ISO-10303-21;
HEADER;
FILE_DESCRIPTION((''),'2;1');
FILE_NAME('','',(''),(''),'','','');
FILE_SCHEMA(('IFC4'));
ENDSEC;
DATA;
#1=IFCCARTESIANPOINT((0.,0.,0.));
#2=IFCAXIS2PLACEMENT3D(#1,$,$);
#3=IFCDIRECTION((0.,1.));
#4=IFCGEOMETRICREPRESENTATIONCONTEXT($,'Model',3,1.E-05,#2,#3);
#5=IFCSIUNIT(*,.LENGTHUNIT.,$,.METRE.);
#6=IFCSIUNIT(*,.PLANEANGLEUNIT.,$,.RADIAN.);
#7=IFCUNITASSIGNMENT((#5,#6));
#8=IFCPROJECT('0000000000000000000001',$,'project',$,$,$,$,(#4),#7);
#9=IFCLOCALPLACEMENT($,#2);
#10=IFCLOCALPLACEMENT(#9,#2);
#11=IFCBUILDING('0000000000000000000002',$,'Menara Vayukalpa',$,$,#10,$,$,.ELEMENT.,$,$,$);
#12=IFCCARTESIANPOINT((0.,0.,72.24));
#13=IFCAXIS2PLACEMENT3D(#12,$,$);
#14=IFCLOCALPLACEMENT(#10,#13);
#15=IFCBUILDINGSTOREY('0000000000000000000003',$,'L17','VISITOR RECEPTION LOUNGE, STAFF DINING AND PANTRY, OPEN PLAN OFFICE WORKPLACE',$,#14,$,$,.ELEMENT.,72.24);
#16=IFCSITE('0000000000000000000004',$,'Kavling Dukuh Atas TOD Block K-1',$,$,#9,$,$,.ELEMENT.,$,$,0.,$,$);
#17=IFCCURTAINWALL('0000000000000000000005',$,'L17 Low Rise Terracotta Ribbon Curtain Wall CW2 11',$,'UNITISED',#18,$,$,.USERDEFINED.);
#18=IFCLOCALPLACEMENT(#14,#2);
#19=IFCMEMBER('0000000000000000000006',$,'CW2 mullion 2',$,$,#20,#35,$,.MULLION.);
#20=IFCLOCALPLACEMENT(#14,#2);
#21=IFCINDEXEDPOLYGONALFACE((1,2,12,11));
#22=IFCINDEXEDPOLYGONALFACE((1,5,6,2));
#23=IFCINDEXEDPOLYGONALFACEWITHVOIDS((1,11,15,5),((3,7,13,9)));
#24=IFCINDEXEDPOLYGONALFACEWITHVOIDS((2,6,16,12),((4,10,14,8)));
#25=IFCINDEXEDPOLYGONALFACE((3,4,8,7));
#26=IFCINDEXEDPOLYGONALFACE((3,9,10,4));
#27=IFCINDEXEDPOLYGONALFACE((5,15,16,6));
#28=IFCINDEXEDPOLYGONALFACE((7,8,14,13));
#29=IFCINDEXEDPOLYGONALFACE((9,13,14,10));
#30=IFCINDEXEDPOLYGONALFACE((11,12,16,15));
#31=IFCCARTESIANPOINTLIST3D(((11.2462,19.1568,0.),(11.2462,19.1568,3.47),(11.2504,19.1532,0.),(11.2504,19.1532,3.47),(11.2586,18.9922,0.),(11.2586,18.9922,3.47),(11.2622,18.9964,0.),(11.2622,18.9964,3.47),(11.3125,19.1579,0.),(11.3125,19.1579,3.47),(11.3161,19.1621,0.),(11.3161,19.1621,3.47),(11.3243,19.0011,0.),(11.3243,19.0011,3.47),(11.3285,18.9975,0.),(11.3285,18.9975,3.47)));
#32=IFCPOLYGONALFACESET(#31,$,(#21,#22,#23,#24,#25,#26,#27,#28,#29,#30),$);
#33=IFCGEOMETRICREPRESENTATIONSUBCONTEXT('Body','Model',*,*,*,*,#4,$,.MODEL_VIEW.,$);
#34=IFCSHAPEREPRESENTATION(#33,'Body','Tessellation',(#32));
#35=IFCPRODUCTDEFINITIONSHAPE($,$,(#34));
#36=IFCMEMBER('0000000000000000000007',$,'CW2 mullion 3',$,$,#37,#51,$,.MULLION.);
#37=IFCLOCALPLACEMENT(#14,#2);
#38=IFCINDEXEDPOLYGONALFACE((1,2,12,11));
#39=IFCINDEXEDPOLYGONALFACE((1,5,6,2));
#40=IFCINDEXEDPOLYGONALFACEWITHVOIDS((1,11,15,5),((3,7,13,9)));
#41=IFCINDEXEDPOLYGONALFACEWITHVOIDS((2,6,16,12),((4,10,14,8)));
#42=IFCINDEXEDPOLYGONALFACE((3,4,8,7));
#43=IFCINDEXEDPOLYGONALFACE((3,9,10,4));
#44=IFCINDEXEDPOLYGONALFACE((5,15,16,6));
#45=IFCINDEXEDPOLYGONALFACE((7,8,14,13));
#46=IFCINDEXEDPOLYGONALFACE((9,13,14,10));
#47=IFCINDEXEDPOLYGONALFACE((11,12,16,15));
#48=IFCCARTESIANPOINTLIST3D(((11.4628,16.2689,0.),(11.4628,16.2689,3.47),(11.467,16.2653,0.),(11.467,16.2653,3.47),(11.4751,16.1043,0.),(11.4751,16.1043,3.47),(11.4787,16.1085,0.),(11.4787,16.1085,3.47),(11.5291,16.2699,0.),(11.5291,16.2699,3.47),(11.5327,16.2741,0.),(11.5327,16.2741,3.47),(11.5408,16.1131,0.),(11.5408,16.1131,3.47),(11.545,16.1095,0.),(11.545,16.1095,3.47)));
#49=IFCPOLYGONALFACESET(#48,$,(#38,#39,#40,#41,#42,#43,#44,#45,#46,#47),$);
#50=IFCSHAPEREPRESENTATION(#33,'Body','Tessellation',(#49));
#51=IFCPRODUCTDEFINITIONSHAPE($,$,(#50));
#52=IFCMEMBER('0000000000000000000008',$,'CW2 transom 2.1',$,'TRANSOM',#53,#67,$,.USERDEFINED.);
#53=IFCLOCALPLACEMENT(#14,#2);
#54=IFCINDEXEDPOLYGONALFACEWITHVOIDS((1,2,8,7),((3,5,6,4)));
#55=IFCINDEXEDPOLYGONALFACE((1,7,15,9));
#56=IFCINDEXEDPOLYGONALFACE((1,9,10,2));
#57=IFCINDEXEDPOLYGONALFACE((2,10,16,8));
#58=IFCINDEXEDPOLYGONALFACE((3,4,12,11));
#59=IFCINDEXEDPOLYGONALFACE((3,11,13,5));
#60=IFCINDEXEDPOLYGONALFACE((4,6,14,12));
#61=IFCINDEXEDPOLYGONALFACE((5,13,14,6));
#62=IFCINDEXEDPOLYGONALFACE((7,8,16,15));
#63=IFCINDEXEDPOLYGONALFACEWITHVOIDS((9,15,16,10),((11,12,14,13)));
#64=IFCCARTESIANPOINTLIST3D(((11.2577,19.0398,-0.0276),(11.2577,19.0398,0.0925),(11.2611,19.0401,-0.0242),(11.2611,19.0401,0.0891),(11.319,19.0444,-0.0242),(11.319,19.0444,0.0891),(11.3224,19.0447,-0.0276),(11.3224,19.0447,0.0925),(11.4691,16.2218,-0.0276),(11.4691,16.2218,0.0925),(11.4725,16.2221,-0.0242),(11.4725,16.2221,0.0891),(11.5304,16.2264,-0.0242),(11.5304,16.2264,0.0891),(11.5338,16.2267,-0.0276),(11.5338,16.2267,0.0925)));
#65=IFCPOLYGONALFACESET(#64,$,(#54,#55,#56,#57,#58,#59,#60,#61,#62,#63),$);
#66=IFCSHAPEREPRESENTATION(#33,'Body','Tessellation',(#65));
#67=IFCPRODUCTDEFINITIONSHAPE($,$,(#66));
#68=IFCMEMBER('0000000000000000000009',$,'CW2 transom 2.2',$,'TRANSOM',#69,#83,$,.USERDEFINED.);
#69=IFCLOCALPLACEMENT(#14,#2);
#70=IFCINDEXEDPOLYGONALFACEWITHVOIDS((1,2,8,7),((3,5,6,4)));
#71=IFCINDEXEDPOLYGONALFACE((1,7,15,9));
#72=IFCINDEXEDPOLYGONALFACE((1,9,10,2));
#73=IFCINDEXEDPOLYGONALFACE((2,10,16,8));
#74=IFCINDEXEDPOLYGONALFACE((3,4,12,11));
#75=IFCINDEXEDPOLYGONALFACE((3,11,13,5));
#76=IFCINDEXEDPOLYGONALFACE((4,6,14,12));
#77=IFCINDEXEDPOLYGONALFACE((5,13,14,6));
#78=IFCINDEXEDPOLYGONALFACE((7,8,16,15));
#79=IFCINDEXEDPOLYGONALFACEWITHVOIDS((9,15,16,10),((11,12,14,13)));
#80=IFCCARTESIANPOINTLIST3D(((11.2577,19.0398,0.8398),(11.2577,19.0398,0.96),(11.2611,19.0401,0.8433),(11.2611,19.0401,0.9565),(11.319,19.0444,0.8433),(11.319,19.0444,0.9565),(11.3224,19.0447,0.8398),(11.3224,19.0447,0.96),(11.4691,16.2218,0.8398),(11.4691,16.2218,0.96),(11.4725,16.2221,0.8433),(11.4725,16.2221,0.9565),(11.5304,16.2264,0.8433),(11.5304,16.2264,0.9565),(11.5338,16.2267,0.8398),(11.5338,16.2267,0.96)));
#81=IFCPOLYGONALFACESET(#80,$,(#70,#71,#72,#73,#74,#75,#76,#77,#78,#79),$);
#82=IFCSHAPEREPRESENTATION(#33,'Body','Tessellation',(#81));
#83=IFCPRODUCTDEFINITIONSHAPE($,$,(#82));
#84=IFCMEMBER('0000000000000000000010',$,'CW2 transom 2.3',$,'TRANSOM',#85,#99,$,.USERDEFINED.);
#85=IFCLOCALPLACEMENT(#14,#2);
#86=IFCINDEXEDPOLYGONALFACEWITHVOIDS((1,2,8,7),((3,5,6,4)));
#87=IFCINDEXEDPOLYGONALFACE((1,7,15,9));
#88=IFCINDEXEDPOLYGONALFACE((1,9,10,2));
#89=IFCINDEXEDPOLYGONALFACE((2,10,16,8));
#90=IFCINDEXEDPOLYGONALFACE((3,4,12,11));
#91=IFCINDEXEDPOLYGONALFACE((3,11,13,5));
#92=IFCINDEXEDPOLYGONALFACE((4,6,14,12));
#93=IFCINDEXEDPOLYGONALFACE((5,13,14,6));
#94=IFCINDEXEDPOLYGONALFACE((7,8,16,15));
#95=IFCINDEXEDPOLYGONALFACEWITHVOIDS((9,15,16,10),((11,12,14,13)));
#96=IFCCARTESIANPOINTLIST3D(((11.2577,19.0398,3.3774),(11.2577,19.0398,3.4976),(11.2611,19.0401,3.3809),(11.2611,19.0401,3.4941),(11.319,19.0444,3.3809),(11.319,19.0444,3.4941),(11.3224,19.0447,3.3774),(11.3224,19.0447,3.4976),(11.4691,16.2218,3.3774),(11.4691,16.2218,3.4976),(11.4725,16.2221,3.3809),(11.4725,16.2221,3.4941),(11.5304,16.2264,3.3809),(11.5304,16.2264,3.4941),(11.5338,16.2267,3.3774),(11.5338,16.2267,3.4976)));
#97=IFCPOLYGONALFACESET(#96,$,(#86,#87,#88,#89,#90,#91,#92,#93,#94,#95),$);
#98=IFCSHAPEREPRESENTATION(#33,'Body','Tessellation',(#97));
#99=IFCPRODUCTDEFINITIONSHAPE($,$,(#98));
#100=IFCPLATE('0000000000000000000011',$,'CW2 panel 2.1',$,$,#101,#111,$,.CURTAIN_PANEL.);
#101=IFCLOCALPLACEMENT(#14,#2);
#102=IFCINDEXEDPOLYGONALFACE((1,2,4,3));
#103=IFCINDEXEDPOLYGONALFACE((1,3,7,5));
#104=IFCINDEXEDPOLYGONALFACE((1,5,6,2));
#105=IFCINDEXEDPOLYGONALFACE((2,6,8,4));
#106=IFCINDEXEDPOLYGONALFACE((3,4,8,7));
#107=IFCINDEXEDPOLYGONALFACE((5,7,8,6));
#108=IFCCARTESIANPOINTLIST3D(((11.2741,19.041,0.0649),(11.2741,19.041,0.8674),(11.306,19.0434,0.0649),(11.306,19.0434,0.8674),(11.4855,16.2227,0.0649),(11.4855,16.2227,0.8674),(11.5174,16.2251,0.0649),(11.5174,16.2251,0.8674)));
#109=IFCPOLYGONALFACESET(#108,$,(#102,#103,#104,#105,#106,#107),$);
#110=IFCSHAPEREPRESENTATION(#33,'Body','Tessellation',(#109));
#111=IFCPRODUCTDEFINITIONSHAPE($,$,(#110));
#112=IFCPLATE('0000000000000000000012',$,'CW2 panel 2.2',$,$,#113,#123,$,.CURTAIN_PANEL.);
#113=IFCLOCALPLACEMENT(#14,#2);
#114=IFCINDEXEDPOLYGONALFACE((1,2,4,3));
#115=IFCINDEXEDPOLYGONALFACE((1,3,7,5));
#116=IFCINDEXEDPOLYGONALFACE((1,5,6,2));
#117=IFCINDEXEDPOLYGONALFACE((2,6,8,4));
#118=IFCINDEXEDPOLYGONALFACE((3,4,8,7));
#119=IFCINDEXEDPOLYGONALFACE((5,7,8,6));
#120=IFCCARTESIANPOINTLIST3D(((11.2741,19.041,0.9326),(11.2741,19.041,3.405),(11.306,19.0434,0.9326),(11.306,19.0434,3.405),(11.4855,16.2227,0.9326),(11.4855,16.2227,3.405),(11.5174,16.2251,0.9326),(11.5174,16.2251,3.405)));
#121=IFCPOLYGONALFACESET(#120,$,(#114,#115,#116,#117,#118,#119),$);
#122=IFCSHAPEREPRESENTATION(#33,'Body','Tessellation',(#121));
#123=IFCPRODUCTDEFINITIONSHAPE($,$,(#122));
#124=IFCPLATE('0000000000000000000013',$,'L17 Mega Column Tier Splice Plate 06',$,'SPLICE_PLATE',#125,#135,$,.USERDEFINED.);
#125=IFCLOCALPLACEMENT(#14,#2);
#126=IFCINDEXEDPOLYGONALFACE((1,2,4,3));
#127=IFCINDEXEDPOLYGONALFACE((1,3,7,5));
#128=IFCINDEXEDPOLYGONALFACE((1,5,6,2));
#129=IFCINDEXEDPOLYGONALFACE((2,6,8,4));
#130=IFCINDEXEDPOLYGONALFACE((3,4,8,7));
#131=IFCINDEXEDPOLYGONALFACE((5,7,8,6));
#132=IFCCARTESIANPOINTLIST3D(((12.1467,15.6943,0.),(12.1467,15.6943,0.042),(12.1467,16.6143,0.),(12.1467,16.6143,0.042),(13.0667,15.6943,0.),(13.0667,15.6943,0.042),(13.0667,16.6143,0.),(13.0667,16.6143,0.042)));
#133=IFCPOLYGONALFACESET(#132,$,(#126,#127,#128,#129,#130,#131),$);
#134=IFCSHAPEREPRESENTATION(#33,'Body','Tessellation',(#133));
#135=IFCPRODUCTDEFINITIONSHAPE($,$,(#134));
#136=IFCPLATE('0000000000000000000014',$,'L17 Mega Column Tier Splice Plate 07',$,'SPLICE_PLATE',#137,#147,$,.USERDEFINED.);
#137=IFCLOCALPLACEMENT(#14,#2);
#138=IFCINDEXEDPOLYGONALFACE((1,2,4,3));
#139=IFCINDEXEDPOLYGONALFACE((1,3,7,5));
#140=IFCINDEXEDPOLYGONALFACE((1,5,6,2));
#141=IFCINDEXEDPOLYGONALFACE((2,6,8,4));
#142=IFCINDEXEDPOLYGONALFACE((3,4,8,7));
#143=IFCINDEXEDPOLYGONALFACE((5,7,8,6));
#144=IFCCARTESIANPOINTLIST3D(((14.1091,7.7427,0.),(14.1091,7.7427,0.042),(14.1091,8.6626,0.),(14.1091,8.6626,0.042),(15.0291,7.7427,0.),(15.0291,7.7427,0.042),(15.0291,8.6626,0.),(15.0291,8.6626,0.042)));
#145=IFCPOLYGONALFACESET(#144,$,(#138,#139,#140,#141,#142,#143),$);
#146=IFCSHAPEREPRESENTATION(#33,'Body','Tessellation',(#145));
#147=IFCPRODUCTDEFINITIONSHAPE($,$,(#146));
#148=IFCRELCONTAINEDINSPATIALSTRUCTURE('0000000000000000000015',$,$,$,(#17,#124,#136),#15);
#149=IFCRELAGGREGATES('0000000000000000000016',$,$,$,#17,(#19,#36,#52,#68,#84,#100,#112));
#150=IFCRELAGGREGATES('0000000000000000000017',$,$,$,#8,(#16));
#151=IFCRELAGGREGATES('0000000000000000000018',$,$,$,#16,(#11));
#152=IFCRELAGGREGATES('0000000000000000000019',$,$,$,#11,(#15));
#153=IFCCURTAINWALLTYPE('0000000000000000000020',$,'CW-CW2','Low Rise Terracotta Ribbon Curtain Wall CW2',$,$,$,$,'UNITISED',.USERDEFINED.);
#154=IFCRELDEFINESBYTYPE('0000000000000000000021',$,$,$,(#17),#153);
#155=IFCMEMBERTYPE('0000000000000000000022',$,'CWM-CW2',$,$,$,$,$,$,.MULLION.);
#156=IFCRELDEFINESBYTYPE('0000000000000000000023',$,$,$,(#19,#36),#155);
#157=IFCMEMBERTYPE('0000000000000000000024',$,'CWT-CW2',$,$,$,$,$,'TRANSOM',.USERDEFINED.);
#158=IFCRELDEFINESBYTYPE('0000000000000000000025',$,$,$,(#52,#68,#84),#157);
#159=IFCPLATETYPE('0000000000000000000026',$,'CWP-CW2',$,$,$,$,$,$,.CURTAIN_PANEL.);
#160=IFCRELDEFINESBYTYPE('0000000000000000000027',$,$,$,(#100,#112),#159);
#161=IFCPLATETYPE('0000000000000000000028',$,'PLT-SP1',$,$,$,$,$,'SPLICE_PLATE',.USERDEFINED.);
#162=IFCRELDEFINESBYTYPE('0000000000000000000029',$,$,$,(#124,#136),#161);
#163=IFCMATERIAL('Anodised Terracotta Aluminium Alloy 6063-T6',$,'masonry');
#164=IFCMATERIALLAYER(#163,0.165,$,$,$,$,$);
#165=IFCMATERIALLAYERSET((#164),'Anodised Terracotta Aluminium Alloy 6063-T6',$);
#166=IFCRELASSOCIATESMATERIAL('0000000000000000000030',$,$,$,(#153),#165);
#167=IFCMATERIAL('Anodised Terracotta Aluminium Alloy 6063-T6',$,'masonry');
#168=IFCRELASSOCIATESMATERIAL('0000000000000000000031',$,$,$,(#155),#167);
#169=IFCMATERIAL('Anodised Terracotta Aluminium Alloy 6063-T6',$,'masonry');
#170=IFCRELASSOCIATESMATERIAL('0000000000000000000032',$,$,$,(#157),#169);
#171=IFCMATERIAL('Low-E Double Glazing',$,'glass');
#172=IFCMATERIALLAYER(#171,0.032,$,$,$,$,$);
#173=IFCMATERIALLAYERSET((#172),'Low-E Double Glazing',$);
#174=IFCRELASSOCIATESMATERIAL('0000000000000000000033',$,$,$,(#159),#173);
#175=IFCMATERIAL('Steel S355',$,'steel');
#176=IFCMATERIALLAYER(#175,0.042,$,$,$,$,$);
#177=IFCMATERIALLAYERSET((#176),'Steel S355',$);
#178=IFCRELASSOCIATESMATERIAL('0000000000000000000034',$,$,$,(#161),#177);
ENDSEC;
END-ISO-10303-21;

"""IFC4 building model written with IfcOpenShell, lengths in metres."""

from ifc_helpers import new_model, si_unit, direction, frame, origin, origin_2d, place, context, subcontext, project, spatial, rectangle, hollow_rectangle, extrude, material, layer, layer_set, material_profile, profile_set, type_object, element, aggregate, save


model = new_model("IFC4")

# Units and contexts
model_context = context("Model", 3, precision=1e-05, world=origin(), true_north=direction((0.0, 1.0)))
body_context = subcontext(model_context, "Body", "Model", "MODEL_VIEW")
ifc_project = project(units=[si_unit("LENGTHUNIT", "METRE"), si_unit("PLANEANGLEUNIT", "RADIAN")], contexts=[model_context])

# Site, building, storey
site_placement = place(None, origin())
site = spatial("IfcSite", under=ifc_project, at=site_placement, Name="Kavling Dukuh Atas TOD Block K-1", CompositionType="ELEMENT", RefElevation=0.0)
building_placement = place(site_placement, origin())
building = spatial("IfcBuilding", under=site, at=building_placement, Name="Menara Vayukalpa", CompositionType="ELEMENT")
storey_placement = place(building_placement, frame((0.0, 0.0, 72.24)))
storey = spatial("IfcBuildingStorey", under=building, at=storey_placement, Name="L17", Description="VISITOR RECEPTION LOUNGE, STAFF DINING AND PANTRY, OPEN PLAN OFFICE WORKPLACE", CompositionType="ELEMENT", Elevation=72.24)

# Curtain wall, members, plates
ifc_material_1 = material(Name="Anodised Terracotta Aluminium Alloy 6063-T6", Category="masonry")
ifc_layer_1 = layer(ifc_material_1, 0.165)
ifc_layer_set_1 = layer_set([ifc_layer_1], Name="Anodised Terracotta Aluminium Alloy 6063-T6")
curtain_wall_type = type_object("IfcCurtainWallType", Name="CW-CW2", Description="Low Rise Terracotta Ribbon Curtain Wall CW2", ElementType="UNITISED", PredefinedType="USERDEFINED", material=ifc_layer_set_1)
curtain_wall_placement = place(storey_placement, origin())
curtain_wall = element("IfcCurtainWall", 1, at=curtain_wall_placement, inside=storey, type_object=curtain_wall_type, Name="L17 Low Rise Terracotta Ribbon Curtain Wall CW2 11", ObjectType="UNITISED", PredefinedType="USERDEFINED")
ifc_material_2 = material(Name="Anodised Terracotta Aluminium Alloy 6063-T6", Category="masonry")
ifc_material_profile_1 = material_profile(ifc_material_2, hollow_rectangle(XDim=0.0701, YDim=0.165, WallThickness=0.0039, at=origin_2d()), Name="ALU 70x165x4")
ifc_profile_set_1 = profile_set([ifc_material_profile_1], Name="Anodised Terracotta Aluminium Alloy 6063-T6")
member_type_1 = type_object("IfcMemberType", Name="CWM-CW2", PredefinedType="MULLION", material=ifc_profile_set_1)
member_1_placement = place(storey_placement, frame((11.2874, 19.0771, 0.0), z_axis=(0.0, 0.0, 1.0), x_axis=(0.9972, 0.074785, 0.0)))
member_1 = element("IfcMember", 2, at=member_1_placement, type_object=member_type_1, Name="CW2 mullion 2", PredefinedType="MULLION", context=body_context, shape_type="SweptSolid", body=[
    extrude(hollow_rectangle(XDim=0.0701, YDim=0.165, WallThickness=0.0039, at=origin_2d()), origin(), (0.0, 0.0, 1.0), 3.47),
])
member_2_placement = place(storey_placement, frame((11.5039, 16.1892, 0.0), z_axis=(0.0, 0.0, 1.0), x_axis=(0.9972, 0.074785, 0.0)))
member_2 = element("IfcMember", 3, at=member_2_placement, type_object=member_type_1, Name="CW2 mullion 3", PredefinedType="MULLION", context=body_context, shape_type="SweptSolid", body=[
    extrude(hollow_rectangle(XDim=0.0701, YDim=0.165, WallThickness=0.0039, at=origin_2d()), origin(), (0.0, 0.0, 1.0), 3.47),
])
ifc_material_3 = material(Name="Anodised Terracotta Aluminium Alloy 6063-T6", Category="masonry")
ifc_material_profile_2 = material_profile(ifc_material_3, hollow_rectangle(XDim=0.0649, YDim=0.1201, WallThickness=0.0034, at=origin_2d()), Name="ALU 65x120x3.5")
ifc_profile_set_2 = profile_set([ifc_material_profile_2], Name="Anodised Terracotta Aluminium Alloy 6063-T6")
member_type_2 = type_object("IfcMemberType", Name="CWT-CW2", ElementType="TRANSOM", PredefinedType="USERDEFINED", material=ifc_profile_set_2)
member_3_placement = place(storey_placement, frame((11.29, 19.0422, 0.0325), z_axis=(0.074814, -0.997198, 0.0), x_axis=(0.997198, 0.074814, 0.0)))
member_3 = element("IfcMember", 4, at=member_3_placement, type_object=member_type_2, Name="CW2 transom 2.1", ObjectType="TRANSOM", PredefinedType="USERDEFINED", context=body_context, shape_type="SweptSolid", body=[
    extrude(hollow_rectangle(XDim=0.0649, YDim=0.1201, WallThickness=0.0034, at=origin_2d()), origin(), (0.0, 0.0, 1.0), 2.8259),
])
member_4_placement = place(storey_placement, frame((11.29, 19.0422, 0.8999), z_axis=(0.074814, -0.997198, 0.0), x_axis=(0.997198, 0.074814, 0.0)))
member_4 = element("IfcMember", 5, at=member_4_placement, type_object=member_type_2, Name="CW2 transom 2.2", ObjectType="TRANSOM", PredefinedType="USERDEFINED", context=body_context, shape_type="SweptSolid", body=[
    extrude(hollow_rectangle(XDim=0.0649, YDim=0.1201, WallThickness=0.0034, at=origin_2d()), origin(), (0.0, 0.0, 1.0), 2.8259),
])
member_5_placement = place(storey_placement, frame((11.29, 19.0422, 3.4375), z_axis=(0.074814, -0.997198, 0.0), x_axis=(0.997198, 0.074814, 0.0)))
member_5 = element("IfcMember", 6, at=member_5_placement, type_object=member_type_2, Name="CW2 transom 2.3", ObjectType="TRANSOM", PredefinedType="USERDEFINED", context=body_context, shape_type="SweptSolid", body=[
    extrude(hollow_rectangle(XDim=0.0649, YDim=0.1201, WallThickness=0.0034, at=origin_2d()), origin(), (0.0, 0.0, 1.0), 2.8259),
])
ifc_material_4 = material(Name="Low-E Double Glazing", Category="glass")
ifc_layer_2 = layer(ifc_material_4, 0.032)
ifc_layer_set_2 = layer_set([ifc_layer_2], Name="Low-E Double Glazing")
plate_type_1 = type_object("IfcPlateType", Name="CWP-CW2", PredefinedType="CURTAIN_PANEL", material=ifc_layer_set_2)
plate_1_placement = place(storey_placement, frame((11.3958, 17.6331, 0.0649), z_axis=(0.0, 0.0, 1.0), x_axis=(0.074785, -0.9972, 0.0)))
plate_1 = element("IfcPlate", 7, at=plate_1_placement, type_object=plate_type_1, Name="CW2 panel 2.1", PredefinedType="CURTAIN_PANEL", context=body_context, shape_type="SweptSolid", body=[
    extrude(rectangle(XDim=2.8262, YDim=0.032, at=origin_2d()), origin(), (0.0, 0.0, 1.0), 0.8025),
])
plate_2_placement = place(storey_placement, frame((11.3958, 17.6331, 0.9326), z_axis=(0.0, 0.0, 1.0), x_axis=(0.074785, -0.9972, 0.0)))
plate_2 = element("IfcPlate", 8, at=plate_2_placement, type_object=plate_type_1, Name="CW2 panel 2.2", PredefinedType="CURTAIN_PANEL", context=body_context, shape_type="SweptSolid", body=[
    extrude(rectangle(XDim=2.8262, YDim=0.032, at=origin_2d()), origin(), (0.0, 0.0, 1.0), 2.4724),
])
aggregate(curtain_wall, [member_1, member_2, member_3, member_4, member_5, plate_1, plate_2])

# Plates
ifc_material_5 = material(Name="Steel S355", Category="steel")
ifc_layer_3 = layer(ifc_material_5, 0.042)
ifc_layer_set_3 = layer_set([ifc_layer_3], Name="Steel S355")
plate_type_2 = type_object("IfcPlateType", Name="PLT-SP1", ElementType="SPLICE_PLATE", PredefinedType="USERDEFINED", material=ifc_layer_set_3)
for number, where, z_axis, x_axis, name in (
    (9, (12.6067, 16.1543, 0.0), (0.0, 0.0, 1.0), (1.0, 0.0, 0.0), "L17 Mega Column Tier Splice Plate 06"),
    (10, (14.5691, 8.2026, 0.0), (0.0, 0.0, 1.0), (1.0, 0.0, 0.0), "L17 Mega Column Tier Splice Plate 07"),
):
    element("IfcPlate", number, at=place(storey_placement, frame(where, z_axis=z_axis, x_axis=x_axis)), inside=storey, type_object=plate_type_2, Name=name, ObjectType="SPLICE_PLATE", PredefinedType="USERDEFINED", context=body_context, shape_type="SweptSolid", body=[
        extrude(rectangle(XDim=0.9199, YDim=0.9199, at=origin_2d()), origin(), (0.0, 0.0, 1.0), 0.042),
    ])

save(model, "model.ifc")
